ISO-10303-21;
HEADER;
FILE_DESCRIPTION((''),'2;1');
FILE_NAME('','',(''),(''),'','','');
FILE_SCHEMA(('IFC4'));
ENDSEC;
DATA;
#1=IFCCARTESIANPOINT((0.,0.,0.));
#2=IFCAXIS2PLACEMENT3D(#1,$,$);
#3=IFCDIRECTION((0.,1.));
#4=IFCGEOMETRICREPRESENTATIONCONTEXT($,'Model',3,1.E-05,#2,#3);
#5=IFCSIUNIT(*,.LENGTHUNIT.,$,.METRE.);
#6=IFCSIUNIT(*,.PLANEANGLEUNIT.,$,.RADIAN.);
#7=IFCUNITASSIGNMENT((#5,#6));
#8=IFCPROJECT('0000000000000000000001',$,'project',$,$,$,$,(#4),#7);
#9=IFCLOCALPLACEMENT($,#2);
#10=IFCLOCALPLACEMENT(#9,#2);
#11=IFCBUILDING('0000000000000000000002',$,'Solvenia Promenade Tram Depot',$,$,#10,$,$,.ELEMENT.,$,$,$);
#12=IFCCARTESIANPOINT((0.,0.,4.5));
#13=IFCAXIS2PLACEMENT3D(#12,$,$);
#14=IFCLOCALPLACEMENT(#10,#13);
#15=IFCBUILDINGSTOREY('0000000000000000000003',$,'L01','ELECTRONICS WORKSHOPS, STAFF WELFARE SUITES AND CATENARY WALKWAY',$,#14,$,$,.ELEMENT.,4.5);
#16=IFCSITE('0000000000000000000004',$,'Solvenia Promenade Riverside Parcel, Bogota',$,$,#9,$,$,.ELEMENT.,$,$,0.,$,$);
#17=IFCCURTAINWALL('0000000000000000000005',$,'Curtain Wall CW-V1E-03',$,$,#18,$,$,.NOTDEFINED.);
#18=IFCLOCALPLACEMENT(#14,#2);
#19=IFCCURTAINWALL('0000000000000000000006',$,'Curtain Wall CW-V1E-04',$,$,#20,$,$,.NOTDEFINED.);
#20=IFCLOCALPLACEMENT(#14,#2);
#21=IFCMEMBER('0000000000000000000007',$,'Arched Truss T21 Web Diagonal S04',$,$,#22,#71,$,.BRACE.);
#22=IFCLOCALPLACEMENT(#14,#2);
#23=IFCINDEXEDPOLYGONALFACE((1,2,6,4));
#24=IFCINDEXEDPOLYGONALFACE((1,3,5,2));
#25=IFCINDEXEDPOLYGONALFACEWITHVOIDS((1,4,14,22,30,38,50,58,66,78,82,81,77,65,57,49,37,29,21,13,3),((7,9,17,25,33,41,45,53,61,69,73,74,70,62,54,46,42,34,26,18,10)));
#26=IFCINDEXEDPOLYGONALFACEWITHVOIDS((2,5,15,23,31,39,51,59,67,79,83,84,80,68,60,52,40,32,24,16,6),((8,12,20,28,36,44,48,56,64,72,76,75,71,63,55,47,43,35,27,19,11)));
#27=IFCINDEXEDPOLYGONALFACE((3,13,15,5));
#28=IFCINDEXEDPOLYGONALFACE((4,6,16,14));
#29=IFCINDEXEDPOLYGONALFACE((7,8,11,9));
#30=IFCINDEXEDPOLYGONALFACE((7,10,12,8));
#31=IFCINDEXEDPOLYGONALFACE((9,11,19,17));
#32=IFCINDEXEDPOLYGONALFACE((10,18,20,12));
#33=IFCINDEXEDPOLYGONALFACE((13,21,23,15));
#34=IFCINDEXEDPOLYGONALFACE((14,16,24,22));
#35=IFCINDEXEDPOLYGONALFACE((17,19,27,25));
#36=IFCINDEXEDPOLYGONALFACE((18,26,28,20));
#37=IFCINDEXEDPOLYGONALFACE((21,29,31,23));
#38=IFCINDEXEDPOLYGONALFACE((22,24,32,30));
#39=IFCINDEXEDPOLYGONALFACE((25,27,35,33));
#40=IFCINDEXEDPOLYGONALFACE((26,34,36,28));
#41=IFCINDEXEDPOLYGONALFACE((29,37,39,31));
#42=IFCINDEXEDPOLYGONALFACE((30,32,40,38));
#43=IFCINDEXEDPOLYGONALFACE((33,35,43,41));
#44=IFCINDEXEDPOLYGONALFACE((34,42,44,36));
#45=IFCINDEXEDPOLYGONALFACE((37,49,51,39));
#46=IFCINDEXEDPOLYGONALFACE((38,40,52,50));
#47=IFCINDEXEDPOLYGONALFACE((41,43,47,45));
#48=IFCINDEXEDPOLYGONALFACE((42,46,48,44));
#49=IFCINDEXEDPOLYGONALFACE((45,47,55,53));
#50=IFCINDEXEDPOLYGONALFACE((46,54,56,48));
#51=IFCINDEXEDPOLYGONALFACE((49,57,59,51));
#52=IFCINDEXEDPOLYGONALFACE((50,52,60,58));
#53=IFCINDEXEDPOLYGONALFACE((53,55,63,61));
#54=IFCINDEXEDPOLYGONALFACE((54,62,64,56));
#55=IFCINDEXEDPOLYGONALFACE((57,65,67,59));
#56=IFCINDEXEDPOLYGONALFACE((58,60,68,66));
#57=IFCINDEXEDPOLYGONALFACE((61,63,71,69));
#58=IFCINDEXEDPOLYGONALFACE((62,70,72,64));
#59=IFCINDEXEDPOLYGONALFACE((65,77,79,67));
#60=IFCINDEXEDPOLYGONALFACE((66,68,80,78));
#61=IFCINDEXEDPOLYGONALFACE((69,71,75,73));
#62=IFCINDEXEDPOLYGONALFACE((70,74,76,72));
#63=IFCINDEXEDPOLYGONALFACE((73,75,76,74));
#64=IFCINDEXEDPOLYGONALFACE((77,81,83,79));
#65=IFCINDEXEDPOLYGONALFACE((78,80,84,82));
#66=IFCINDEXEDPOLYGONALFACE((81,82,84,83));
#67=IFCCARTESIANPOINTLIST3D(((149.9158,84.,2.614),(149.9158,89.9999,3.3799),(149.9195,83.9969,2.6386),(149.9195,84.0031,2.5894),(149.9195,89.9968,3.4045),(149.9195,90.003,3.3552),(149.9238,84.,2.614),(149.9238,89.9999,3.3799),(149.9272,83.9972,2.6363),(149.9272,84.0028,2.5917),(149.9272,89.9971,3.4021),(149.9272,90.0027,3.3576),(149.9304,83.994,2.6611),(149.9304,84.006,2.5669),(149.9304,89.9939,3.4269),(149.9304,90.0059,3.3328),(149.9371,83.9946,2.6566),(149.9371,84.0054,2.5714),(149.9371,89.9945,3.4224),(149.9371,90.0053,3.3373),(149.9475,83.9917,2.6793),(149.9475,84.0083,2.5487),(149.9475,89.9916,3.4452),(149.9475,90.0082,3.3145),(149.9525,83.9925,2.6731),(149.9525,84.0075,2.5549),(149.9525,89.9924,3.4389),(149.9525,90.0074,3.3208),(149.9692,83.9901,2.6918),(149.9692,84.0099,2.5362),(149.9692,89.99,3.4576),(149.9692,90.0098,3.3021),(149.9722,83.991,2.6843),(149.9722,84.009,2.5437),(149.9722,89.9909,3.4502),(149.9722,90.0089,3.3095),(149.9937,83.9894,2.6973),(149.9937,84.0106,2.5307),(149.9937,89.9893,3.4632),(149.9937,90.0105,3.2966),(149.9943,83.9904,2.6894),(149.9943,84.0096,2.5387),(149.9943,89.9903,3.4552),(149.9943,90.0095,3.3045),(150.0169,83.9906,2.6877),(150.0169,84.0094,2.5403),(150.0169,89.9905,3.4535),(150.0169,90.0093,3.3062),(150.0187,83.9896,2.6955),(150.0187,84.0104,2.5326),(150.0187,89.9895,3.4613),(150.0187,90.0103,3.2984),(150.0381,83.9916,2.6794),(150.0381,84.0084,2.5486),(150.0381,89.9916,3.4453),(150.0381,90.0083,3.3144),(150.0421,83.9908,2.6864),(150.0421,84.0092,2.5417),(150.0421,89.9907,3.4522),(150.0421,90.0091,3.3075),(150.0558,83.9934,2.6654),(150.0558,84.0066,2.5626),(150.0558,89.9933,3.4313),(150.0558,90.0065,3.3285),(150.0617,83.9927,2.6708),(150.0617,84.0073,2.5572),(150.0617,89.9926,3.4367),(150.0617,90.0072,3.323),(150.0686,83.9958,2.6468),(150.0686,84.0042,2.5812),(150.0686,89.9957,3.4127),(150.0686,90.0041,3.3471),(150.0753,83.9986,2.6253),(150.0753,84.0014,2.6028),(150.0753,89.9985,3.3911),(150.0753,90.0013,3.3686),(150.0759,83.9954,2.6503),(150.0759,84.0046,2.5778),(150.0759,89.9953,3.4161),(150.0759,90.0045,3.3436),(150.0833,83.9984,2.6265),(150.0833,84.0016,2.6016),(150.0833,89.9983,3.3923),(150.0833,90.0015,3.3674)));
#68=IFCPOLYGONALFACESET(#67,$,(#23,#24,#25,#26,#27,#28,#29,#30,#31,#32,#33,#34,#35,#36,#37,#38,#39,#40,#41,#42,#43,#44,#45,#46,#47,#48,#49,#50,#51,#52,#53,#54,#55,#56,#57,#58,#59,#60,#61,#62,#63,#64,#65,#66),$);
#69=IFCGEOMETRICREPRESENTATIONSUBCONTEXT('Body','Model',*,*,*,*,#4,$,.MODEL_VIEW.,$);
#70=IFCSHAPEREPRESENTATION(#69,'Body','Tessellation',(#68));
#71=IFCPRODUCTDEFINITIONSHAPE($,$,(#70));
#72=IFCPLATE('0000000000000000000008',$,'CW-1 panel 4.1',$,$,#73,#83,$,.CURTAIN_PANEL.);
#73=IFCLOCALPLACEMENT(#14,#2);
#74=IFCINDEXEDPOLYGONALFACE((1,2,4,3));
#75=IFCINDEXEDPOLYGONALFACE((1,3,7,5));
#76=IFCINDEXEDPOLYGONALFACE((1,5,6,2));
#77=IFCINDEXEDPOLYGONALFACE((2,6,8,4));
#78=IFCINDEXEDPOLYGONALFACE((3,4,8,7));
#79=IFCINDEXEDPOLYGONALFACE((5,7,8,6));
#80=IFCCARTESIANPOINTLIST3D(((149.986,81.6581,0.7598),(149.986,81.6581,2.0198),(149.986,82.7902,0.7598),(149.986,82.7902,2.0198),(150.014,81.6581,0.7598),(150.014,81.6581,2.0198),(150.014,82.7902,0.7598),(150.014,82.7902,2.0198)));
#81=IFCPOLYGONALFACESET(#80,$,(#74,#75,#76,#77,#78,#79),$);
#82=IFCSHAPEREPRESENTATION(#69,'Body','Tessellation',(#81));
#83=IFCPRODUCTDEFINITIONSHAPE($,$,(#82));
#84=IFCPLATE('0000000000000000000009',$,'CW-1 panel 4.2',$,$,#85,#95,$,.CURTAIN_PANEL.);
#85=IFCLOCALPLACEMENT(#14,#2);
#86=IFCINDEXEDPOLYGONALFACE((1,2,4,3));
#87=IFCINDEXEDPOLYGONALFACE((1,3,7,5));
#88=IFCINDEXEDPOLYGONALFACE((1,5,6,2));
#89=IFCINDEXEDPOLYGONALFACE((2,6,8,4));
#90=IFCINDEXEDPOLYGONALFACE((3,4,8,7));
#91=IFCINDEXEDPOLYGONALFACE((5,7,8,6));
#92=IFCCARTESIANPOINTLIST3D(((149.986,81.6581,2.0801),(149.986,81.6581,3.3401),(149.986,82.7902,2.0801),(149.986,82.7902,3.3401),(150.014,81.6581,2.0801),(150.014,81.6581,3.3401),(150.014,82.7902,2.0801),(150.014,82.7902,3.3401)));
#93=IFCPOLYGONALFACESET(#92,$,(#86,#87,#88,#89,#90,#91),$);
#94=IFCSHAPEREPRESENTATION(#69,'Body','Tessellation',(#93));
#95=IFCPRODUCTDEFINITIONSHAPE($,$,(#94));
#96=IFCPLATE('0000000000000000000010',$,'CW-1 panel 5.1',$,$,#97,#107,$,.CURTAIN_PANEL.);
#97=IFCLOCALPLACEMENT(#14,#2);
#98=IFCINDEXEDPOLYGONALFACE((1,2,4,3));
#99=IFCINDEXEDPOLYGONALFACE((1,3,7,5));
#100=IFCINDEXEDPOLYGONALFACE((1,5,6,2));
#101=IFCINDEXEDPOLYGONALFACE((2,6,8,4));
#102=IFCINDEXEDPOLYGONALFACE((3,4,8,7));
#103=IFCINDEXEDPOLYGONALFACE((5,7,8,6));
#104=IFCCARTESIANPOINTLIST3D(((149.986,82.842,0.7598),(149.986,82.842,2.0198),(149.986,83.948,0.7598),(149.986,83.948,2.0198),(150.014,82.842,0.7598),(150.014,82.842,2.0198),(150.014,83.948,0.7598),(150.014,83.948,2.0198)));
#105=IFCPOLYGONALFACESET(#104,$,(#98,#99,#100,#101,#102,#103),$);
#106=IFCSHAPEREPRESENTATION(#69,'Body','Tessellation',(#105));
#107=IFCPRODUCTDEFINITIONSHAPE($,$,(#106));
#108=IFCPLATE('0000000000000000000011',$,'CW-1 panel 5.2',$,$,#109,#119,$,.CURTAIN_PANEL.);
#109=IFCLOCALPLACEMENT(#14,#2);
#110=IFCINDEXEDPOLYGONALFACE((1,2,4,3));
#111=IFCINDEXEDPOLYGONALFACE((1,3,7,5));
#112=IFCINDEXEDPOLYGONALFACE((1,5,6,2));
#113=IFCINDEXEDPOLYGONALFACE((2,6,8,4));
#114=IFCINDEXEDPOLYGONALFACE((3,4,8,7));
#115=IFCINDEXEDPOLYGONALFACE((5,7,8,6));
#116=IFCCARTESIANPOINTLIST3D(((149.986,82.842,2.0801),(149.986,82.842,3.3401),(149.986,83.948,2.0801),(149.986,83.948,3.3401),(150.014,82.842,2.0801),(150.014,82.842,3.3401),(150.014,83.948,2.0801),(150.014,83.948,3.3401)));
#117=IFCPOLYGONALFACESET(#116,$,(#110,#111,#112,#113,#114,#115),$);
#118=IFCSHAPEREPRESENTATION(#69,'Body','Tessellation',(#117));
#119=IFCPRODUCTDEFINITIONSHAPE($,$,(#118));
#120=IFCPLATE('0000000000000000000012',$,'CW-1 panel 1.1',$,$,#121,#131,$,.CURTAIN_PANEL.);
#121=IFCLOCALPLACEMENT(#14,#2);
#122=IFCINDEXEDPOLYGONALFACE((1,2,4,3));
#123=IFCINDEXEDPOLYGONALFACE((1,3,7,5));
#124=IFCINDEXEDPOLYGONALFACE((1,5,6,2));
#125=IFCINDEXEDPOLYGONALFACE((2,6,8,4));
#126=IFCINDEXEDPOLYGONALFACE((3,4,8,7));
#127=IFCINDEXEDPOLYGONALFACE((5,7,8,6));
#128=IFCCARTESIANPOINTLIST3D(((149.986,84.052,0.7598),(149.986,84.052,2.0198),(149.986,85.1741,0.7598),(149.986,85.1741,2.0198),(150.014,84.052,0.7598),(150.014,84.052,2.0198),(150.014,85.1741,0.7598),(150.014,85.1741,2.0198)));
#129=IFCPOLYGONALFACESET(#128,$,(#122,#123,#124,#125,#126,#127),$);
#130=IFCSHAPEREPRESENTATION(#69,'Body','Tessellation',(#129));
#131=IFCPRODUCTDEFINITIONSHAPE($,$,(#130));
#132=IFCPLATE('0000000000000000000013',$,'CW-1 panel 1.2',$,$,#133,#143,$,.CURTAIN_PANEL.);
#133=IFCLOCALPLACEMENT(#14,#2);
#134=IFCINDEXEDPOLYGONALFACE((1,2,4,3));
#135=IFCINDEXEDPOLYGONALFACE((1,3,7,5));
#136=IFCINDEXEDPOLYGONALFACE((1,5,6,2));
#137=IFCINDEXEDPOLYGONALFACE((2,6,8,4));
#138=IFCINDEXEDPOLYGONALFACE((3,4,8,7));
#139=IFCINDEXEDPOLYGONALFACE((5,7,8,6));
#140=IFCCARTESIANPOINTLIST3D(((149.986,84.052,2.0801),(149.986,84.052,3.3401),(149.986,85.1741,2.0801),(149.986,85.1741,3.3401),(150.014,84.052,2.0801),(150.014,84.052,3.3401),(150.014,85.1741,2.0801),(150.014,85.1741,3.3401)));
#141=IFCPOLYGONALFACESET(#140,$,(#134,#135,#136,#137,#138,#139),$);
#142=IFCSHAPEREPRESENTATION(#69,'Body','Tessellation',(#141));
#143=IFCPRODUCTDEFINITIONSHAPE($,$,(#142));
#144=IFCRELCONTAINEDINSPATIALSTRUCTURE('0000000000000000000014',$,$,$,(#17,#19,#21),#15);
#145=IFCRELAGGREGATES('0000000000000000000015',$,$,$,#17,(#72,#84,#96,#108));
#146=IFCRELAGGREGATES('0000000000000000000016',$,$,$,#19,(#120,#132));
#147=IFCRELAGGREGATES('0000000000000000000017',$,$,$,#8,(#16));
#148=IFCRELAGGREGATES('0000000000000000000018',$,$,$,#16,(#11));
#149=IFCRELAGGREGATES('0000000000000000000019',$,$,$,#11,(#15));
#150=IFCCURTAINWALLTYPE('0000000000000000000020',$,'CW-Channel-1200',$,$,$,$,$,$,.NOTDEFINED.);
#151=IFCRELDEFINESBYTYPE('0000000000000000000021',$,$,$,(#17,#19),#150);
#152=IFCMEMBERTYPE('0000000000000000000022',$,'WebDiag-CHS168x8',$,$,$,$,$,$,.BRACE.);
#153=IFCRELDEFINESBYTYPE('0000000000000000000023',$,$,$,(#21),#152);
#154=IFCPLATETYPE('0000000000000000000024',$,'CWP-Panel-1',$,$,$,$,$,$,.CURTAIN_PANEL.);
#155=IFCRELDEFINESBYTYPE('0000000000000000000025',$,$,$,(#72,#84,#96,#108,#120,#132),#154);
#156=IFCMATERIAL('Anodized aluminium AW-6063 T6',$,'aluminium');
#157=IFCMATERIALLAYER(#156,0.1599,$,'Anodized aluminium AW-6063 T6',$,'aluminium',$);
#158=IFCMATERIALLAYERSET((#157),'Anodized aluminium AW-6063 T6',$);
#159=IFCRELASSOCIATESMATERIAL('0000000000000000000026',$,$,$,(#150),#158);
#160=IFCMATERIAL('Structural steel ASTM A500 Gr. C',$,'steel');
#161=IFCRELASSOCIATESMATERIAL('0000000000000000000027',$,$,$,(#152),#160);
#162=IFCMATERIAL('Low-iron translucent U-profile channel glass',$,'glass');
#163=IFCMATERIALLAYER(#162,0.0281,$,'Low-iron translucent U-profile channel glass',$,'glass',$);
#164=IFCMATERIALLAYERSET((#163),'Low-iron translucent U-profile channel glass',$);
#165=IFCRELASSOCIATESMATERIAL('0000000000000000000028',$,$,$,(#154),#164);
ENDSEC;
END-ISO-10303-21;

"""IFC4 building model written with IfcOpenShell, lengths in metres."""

from ifc_helpers import new_model, si_unit, direction, frame, origin, origin_2d, place, context, subcontext, project, spatial, rectangle, hollow_circle, extrude, material, layer, layer_set, material_profile, profile_set, type_object, element, aggregate, save


model = new_model("IFC4")

# Units and contexts
model_context = context("Model", 3, precision=1e-05, world=origin(), true_north=direction((0.0, 1.0)))
body_context = subcontext(model_context, "Body", "Model", "MODEL_VIEW")
ifc_project = project(units=[si_unit("LENGTHUNIT", "METRE"), si_unit("PLANEANGLEUNIT", "RADIAN")], contexts=[model_context])

# Site, building, storey
site_placement = place(None, origin())
site = spatial("IfcSite", under=ifc_project, at=site_placement, Name="Solvenia Promenade Riverside Parcel, Bogota", CompositionType="ELEMENT", RefElevation=0.0)
building_placement = place(site_placement, origin())
building = spatial("IfcBuilding", under=site, at=building_placement, Name="Solvenia Promenade Tram Depot", CompositionType="ELEMENT")
storey_placement = place(building_placement, frame((0.0, 0.0, 4.5)))
storey = spatial("IfcBuildingStorey", under=building, at=storey_placement, Name="L01", Description="ELECTRONICS WORKSHOPS, STAFF WELFARE SUITES AND CATENARY WALKWAY", CompositionType="ELEMENT", Elevation=4.5)

# Curtain walls
ifc_material_1 = material(Name="Anodized aluminium AW-6063 T6", Category="aluminium")
ifc_layer_1 = layer(ifc_material_1, 0.1599, Name="Anodized aluminium AW-6063 T6", Category="aluminium")
ifc_layer_set_1 = layer_set([ifc_layer_1], Name="Anodized aluminium AW-6063 T6")
curtain_wall_type = type_object("IfcCurtainWallType", Name="CW-Channel-1200", PredefinedType="NOTDEFINED", material=ifc_layer_set_1)
curtain_wall_1_placement = place(storey_placement, origin())
curtain_wall_1 = element("IfcCurtainWall", 1, at=curtain_wall_1_placement, inside=storey, type_object=curtain_wall_type, Name="Curtain Wall CW-V1E-03", PredefinedType="NOTDEFINED")
curtain_wall_2_placement = place(storey_placement, origin())
curtain_wall_2 = element("IfcCurtainWall", 2, at=curtain_wall_2_placement, inside=storey, type_object=curtain_wall_type, Name="Curtain Wall CW-V1E-04", PredefinedType="NOTDEFINED")

# Member
ifc_material_2 = material(Name="Structural steel ASTM A500 Gr. C", Category="steel")
ifc_material_profile_1 = material_profile(ifc_material_2, hollow_circle(Radius=0.0842, WallThickness=0.0081, at=origin_2d()), Name="CHS168.3x8", Category="steel")
ifc_profile_set_1 = profile_set([ifc_material_profile_1], Name="Structural steel ASTM A500 Gr. C")
member_type_1 = type_object("IfcMemberType", Name="WebDiag-CHS168x8", PredefinedType="BRACE", material=ifc_profile_set_1)
member_1_placement = place(storey_placement, frame((150.0, 84.0, 2.614), z_axis=(0.0, 0.991952, 0.126618), x_axis=(-1.0, 0.0, 0.0)))
element("IfcMember", 3, at=member_1_placement, inside=storey, type_object=member_type_1, Name="Arched Truss T21 Web Diagonal S04", PredefinedType="BRACE", context=body_context, shape_type="SweptSolid", body=[
    extrude(hollow_circle(Radius=0.0842, WallThickness=0.0081, at=origin_2d()), origin(), (0.0, 0.0, 1.0), 6.0486),
])

# Plates
ifc_material_3 = material(Name="Low-iron translucent U-profile channel glass", Category="glass")
ifc_layer_2 = layer(ifc_material_3, 0.0281, Name="Low-iron translucent U-profile channel glass", Category="glass")
ifc_layer_set_2 = layer_set([ifc_layer_2], Name="Low-iron translucent U-profile channel glass")
plate_type = type_object("IfcPlateType", Name="CWP-Panel-1", PredefinedType="CURTAIN_PANEL", material=ifc_layer_set_2)
plate_1_placement = place(storey_placement, frame((150.0, 82.2241, 0.7598), z_axis=(0.0, 0.0, 1.0), x_axis=(0.0, 1.0, 0.0)))
plate_1 = element("IfcPlate", 4, at=plate_1_placement, type_object=plate_type, Name="CW-1 panel 4.1", PredefinedType="CURTAIN_PANEL", context=body_context, shape_type="SweptSolid", body=[
    extrude(rectangle(XDim=1.1321, YDim=0.0281, at=origin_2d()), origin(), (0.0, 0.0, 1.0), 1.26),
])
plate_2_placement = place(storey_placement, frame((150.0, 82.2241, 2.0801), z_axis=(0.0, 0.0, 1.0), x_axis=(0.0, 1.0, 0.0)))
plate_2 = element("IfcPlate", 5, at=plate_2_placement, type_object=plate_type, Name="CW-1 panel 4.2", PredefinedType="CURTAIN_PANEL", context=body_context, shape_type="SweptSolid", body=[
    extrude(rectangle(XDim=1.1321, YDim=0.0281, at=origin_2d()), origin(), (0.0, 0.0, 1.0), 1.26),
])
plate_3_placement = place(storey_placement, frame((150.0, 83.395, 0.7598), z_axis=(0.0, 0.0, 1.0), x_axis=(0.0, 1.0, 0.0)))
plate_3 = element("IfcPlate", 6, at=plate_3_placement, type_object=plate_type, Name="CW-1 panel 5.1", PredefinedType="CURTAIN_PANEL", context=body_context, shape_type="SweptSolid", body=[
    extrude(rectangle(XDim=1.106, YDim=0.0281, at=origin_2d()), origin(), (0.0, 0.0, 1.0), 1.26),
])
plate_4_placement = place(storey_placement, frame((150.0, 83.395, 2.0801), z_axis=(0.0, 0.0, 1.0), x_axis=(0.0, 1.0, 0.0)))
plate_4 = element("IfcPlate", 7, at=plate_4_placement, type_object=plate_type, Name="CW-1 panel 5.2", PredefinedType="CURTAIN_PANEL", context=body_context, shape_type="SweptSolid", body=[
    extrude(rectangle(XDim=1.106, YDim=0.0281, at=origin_2d()), origin(), (0.0, 0.0, 1.0), 1.26),
])
aggregate(curtain_wall_1, [plate_1, plate_2, plate_3, plate_4])
plate_5_placement = place(storey_placement, frame((150.0, 84.613, 0.7598), z_axis=(0.0, 0.0, 1.0), x_axis=(0.0, 1.0, 0.0)))
plate_5 = element("IfcPlate", 8, at=plate_5_placement, type_object=plate_type, Name="CW-1 panel 1.1", PredefinedType="CURTAIN_PANEL", context=body_context, shape_type="SweptSolid", body=[
    extrude(rectangle(XDim=1.1221, YDim=0.0281, at=origin_2d()), origin(), (0.0, 0.0, 1.0), 1.26),
])
plate_6_placement = place(storey_placement, frame((150.0, 84.613, 2.0801), z_axis=(0.0, 0.0, 1.0), x_axis=(0.0, 1.0, 0.0)))
plate_6 = element("IfcPlate", 9, at=plate_6_placement, type_object=plate_type, Name="CW-1 panel 1.2", PredefinedType="CURTAIN_PANEL", context=body_context, shape_type="SweptSolid", body=[
    extrude(rectangle(XDim=1.1221, YDim=0.0281, at=origin_2d()), origin(), (0.0, 0.0, 1.0), 1.26),
])
aggregate(curtain_wall_2, [plate_5, plate_6])

save(model, "model.ifc")
